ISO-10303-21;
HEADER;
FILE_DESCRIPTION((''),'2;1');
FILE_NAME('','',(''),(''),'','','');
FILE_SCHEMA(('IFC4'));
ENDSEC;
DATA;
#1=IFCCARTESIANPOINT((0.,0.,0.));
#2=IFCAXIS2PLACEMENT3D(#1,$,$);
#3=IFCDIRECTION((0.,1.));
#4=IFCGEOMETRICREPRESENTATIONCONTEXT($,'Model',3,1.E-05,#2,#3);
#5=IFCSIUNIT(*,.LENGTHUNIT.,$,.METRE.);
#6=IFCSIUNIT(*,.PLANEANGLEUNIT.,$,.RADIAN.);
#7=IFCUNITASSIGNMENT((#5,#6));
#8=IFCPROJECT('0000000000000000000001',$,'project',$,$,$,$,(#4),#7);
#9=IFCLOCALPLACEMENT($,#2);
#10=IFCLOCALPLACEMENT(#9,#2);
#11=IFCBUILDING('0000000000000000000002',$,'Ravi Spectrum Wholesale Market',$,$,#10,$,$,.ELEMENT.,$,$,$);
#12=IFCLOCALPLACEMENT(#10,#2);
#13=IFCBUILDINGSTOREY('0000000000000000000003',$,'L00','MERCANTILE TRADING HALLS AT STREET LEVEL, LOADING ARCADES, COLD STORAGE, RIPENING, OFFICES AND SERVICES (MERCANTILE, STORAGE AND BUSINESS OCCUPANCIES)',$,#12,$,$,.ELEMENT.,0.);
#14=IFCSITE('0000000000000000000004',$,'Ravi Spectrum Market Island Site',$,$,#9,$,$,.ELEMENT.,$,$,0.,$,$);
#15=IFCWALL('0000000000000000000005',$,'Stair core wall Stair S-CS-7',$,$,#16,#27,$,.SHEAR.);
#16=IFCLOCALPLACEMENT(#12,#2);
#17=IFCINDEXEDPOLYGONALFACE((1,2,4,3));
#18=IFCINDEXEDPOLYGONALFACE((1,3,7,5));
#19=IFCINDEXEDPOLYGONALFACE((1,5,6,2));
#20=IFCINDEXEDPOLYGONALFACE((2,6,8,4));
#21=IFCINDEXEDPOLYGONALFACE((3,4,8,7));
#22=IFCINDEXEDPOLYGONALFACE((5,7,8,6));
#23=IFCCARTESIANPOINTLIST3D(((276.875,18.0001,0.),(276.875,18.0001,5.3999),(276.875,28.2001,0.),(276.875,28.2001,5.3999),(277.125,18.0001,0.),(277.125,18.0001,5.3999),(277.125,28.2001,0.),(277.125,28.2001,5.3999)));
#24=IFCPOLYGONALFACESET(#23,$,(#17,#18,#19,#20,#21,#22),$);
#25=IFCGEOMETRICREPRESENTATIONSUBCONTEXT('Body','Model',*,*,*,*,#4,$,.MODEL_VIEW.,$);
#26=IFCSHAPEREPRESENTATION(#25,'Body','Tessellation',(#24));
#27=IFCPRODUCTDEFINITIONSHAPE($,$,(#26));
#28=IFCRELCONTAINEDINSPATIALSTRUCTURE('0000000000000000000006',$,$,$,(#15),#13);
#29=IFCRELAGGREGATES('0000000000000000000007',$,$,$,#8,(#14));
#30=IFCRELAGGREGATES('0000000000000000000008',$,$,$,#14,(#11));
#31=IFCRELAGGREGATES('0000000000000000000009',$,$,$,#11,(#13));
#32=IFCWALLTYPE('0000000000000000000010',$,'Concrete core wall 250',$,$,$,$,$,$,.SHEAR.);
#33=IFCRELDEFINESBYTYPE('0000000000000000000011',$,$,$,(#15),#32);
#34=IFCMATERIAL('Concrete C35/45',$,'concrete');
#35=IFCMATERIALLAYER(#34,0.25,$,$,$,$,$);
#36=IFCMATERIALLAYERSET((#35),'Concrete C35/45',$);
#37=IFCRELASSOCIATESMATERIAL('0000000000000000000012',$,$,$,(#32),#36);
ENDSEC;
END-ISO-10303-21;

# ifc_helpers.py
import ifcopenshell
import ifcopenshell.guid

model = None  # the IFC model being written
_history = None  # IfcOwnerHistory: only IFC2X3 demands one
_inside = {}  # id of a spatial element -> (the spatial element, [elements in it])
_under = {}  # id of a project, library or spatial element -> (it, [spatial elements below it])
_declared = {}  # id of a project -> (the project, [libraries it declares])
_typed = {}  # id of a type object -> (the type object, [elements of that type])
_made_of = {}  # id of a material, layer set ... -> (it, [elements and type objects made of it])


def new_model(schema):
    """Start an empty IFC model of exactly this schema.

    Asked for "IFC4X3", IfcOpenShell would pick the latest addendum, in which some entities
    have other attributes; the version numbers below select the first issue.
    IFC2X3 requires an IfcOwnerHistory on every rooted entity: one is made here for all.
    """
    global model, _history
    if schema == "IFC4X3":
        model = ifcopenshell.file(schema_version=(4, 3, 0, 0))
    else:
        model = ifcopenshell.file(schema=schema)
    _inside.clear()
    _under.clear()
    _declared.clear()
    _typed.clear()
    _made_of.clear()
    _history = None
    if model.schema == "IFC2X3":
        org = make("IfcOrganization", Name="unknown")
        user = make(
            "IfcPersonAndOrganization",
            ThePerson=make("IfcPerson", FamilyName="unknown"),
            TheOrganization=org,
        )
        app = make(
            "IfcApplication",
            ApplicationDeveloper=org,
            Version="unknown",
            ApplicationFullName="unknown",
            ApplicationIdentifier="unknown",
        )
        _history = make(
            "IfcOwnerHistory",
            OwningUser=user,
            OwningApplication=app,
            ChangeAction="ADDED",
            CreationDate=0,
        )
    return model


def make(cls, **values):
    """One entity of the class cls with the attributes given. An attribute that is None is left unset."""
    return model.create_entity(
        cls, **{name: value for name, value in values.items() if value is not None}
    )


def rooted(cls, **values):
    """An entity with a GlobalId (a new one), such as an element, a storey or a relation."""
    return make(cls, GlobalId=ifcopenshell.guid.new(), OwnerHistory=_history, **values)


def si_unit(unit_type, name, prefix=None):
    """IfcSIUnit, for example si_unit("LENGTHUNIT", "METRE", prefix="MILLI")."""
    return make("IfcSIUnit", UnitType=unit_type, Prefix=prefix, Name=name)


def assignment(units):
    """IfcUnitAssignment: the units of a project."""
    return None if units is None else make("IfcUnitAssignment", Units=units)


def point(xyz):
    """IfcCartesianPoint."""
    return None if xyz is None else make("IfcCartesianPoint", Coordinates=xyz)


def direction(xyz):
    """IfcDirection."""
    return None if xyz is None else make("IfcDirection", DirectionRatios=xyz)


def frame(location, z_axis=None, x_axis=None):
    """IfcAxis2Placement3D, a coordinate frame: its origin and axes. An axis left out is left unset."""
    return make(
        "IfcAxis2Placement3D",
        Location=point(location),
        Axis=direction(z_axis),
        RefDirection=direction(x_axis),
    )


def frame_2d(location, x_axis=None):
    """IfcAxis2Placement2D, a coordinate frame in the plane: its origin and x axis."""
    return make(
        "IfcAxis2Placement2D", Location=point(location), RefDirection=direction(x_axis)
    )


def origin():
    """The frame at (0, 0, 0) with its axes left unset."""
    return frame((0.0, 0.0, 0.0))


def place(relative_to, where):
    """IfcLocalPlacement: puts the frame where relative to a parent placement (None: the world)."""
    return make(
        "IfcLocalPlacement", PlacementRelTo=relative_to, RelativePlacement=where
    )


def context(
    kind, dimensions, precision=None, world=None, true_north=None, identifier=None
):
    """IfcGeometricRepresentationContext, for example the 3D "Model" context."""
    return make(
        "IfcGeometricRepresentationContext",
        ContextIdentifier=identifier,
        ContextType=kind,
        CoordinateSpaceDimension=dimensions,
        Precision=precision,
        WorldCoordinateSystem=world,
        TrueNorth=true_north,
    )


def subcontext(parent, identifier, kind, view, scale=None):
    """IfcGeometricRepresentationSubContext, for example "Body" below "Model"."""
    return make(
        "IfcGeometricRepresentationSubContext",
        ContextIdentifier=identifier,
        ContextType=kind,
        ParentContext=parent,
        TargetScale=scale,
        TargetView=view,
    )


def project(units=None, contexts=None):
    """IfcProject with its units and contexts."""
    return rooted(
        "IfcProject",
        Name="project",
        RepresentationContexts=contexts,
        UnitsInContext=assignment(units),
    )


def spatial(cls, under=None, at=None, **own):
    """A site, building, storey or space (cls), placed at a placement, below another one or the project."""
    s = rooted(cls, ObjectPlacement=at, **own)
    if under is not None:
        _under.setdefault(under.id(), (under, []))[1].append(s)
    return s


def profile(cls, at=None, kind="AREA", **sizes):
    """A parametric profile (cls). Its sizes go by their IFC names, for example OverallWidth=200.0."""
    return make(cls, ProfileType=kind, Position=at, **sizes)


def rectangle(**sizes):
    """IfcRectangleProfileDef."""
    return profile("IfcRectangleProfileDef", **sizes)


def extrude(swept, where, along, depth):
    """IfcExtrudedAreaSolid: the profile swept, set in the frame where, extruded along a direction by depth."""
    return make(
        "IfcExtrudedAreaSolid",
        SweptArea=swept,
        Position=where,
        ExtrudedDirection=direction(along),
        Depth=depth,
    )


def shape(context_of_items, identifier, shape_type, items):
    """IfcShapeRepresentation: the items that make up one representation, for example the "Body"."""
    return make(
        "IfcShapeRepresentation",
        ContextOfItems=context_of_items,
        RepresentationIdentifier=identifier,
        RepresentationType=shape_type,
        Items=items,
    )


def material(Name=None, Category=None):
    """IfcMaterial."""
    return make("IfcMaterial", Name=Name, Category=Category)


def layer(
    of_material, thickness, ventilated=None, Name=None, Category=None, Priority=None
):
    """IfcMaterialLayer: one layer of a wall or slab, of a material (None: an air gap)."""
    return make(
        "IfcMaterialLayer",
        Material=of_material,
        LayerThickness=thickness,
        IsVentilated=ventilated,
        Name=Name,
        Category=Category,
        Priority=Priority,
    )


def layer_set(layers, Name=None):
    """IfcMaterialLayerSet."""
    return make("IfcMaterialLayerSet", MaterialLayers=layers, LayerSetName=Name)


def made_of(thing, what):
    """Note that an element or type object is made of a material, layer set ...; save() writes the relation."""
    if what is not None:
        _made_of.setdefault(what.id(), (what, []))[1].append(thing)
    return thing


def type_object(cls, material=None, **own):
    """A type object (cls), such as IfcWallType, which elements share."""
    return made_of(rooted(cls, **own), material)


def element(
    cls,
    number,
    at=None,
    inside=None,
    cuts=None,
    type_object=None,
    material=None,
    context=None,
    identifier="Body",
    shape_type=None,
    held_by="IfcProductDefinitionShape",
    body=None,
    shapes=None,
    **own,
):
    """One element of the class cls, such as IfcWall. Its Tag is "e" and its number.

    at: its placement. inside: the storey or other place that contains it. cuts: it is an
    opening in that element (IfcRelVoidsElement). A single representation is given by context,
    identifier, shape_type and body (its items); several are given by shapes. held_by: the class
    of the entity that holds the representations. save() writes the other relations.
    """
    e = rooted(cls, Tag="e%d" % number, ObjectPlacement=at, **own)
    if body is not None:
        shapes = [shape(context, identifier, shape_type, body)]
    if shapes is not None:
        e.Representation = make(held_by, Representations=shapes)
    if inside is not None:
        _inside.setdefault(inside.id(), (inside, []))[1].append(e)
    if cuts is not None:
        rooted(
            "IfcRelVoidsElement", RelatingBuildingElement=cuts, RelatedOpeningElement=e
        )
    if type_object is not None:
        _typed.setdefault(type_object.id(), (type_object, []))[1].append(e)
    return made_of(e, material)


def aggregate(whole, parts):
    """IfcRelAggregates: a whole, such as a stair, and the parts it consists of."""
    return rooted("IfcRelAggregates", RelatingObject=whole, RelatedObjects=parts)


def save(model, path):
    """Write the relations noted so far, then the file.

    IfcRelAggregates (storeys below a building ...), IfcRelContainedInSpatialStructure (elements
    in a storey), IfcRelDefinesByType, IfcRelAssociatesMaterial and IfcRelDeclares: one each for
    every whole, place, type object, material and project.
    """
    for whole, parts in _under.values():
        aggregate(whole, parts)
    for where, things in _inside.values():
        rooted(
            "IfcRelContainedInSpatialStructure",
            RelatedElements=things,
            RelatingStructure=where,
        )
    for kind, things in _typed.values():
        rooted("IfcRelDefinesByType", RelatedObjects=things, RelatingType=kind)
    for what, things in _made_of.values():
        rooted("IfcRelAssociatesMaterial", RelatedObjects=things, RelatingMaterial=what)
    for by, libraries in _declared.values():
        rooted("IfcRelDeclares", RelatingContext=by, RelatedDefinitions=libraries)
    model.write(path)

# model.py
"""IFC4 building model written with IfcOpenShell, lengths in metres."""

from ifc_helpers import new_model, si_unit, direction, frame, frame_2d, origin, place, context, subcontext, project, spatial, rectangle, extrude, material, layer, layer_set, type_object, element, save


model = new_model("IFC4")

# Units and contexts
model_context = context("Model", 3, precision=1e-05, world=origin(), true_north=direction((0.0, 1.0)))
body_context = subcontext(model_context, "Body", "Model", "MODEL_VIEW")
ifc_project = project(units=[si_unit("LENGTHUNIT", "METRE"), si_unit("PLANEANGLEUNIT", "RADIAN")], contexts=[model_context])

# Site, building, storey
site_placement = place(None, origin())
site = spatial("IfcSite", under=ifc_project, at=site_placement, Name="Ravi Spectrum Market Island Site", CompositionType="ELEMENT", RefElevation=0.0)
building_placement = place(site_placement, origin())
building = spatial("IfcBuilding", under=site, at=building_placement, Name="Ravi Spectrum Wholesale Market", CompositionType="ELEMENT")
storey_placement = place(building_placement, origin())
storey = spatial("IfcBuildingStorey", under=building, at=storey_placement, Name="L00", Description="MERCANTILE TRADING HALLS AT STREET LEVEL, LOADING ARCADES, COLD STORAGE, RIPENING, OFFICES AND SERVICES (MERCANTILE, STORAGE AND BUSINESS OCCUPANCIES)", CompositionType="ELEMENT", Elevation=0.0)

# Shared definitions
ifc_material_1 = material(Name="Concrete C35/45", Category="concrete")
ifc_layer_1 = layer(ifc_material_1, 0.25)
ifc_layer_set_1 = layer_set([ifc_layer_1], Name="Concrete C35/45")
wall_type_1 = type_object("IfcWallType", Name="Concrete core wall 250", PredefinedType="SHEAR", material=ifc_layer_set_1)

# Wall
wall_1_placement = place(storey_placement, frame((277.0, 18.0, 0.0), z_axis=(0.0, 0.0, 1.0), x_axis=(0.0, 1.0, 0.0)))
element("IfcWall", 1, at=wall_1_placement, inside=storey, type_object=wall_type_1, Name="Stair core wall Stair S-CS-7", PredefinedType="SHEAR", context=body_context, shape_type="SweptSolid", body=[
    extrude(rectangle(XDim=10.2, YDim=0.25, at=frame_2d((5.1001, 0.0))), origin(), (0.0, 0.0, 1.0), 5.3999),
])

save(model, "model.ifc")
